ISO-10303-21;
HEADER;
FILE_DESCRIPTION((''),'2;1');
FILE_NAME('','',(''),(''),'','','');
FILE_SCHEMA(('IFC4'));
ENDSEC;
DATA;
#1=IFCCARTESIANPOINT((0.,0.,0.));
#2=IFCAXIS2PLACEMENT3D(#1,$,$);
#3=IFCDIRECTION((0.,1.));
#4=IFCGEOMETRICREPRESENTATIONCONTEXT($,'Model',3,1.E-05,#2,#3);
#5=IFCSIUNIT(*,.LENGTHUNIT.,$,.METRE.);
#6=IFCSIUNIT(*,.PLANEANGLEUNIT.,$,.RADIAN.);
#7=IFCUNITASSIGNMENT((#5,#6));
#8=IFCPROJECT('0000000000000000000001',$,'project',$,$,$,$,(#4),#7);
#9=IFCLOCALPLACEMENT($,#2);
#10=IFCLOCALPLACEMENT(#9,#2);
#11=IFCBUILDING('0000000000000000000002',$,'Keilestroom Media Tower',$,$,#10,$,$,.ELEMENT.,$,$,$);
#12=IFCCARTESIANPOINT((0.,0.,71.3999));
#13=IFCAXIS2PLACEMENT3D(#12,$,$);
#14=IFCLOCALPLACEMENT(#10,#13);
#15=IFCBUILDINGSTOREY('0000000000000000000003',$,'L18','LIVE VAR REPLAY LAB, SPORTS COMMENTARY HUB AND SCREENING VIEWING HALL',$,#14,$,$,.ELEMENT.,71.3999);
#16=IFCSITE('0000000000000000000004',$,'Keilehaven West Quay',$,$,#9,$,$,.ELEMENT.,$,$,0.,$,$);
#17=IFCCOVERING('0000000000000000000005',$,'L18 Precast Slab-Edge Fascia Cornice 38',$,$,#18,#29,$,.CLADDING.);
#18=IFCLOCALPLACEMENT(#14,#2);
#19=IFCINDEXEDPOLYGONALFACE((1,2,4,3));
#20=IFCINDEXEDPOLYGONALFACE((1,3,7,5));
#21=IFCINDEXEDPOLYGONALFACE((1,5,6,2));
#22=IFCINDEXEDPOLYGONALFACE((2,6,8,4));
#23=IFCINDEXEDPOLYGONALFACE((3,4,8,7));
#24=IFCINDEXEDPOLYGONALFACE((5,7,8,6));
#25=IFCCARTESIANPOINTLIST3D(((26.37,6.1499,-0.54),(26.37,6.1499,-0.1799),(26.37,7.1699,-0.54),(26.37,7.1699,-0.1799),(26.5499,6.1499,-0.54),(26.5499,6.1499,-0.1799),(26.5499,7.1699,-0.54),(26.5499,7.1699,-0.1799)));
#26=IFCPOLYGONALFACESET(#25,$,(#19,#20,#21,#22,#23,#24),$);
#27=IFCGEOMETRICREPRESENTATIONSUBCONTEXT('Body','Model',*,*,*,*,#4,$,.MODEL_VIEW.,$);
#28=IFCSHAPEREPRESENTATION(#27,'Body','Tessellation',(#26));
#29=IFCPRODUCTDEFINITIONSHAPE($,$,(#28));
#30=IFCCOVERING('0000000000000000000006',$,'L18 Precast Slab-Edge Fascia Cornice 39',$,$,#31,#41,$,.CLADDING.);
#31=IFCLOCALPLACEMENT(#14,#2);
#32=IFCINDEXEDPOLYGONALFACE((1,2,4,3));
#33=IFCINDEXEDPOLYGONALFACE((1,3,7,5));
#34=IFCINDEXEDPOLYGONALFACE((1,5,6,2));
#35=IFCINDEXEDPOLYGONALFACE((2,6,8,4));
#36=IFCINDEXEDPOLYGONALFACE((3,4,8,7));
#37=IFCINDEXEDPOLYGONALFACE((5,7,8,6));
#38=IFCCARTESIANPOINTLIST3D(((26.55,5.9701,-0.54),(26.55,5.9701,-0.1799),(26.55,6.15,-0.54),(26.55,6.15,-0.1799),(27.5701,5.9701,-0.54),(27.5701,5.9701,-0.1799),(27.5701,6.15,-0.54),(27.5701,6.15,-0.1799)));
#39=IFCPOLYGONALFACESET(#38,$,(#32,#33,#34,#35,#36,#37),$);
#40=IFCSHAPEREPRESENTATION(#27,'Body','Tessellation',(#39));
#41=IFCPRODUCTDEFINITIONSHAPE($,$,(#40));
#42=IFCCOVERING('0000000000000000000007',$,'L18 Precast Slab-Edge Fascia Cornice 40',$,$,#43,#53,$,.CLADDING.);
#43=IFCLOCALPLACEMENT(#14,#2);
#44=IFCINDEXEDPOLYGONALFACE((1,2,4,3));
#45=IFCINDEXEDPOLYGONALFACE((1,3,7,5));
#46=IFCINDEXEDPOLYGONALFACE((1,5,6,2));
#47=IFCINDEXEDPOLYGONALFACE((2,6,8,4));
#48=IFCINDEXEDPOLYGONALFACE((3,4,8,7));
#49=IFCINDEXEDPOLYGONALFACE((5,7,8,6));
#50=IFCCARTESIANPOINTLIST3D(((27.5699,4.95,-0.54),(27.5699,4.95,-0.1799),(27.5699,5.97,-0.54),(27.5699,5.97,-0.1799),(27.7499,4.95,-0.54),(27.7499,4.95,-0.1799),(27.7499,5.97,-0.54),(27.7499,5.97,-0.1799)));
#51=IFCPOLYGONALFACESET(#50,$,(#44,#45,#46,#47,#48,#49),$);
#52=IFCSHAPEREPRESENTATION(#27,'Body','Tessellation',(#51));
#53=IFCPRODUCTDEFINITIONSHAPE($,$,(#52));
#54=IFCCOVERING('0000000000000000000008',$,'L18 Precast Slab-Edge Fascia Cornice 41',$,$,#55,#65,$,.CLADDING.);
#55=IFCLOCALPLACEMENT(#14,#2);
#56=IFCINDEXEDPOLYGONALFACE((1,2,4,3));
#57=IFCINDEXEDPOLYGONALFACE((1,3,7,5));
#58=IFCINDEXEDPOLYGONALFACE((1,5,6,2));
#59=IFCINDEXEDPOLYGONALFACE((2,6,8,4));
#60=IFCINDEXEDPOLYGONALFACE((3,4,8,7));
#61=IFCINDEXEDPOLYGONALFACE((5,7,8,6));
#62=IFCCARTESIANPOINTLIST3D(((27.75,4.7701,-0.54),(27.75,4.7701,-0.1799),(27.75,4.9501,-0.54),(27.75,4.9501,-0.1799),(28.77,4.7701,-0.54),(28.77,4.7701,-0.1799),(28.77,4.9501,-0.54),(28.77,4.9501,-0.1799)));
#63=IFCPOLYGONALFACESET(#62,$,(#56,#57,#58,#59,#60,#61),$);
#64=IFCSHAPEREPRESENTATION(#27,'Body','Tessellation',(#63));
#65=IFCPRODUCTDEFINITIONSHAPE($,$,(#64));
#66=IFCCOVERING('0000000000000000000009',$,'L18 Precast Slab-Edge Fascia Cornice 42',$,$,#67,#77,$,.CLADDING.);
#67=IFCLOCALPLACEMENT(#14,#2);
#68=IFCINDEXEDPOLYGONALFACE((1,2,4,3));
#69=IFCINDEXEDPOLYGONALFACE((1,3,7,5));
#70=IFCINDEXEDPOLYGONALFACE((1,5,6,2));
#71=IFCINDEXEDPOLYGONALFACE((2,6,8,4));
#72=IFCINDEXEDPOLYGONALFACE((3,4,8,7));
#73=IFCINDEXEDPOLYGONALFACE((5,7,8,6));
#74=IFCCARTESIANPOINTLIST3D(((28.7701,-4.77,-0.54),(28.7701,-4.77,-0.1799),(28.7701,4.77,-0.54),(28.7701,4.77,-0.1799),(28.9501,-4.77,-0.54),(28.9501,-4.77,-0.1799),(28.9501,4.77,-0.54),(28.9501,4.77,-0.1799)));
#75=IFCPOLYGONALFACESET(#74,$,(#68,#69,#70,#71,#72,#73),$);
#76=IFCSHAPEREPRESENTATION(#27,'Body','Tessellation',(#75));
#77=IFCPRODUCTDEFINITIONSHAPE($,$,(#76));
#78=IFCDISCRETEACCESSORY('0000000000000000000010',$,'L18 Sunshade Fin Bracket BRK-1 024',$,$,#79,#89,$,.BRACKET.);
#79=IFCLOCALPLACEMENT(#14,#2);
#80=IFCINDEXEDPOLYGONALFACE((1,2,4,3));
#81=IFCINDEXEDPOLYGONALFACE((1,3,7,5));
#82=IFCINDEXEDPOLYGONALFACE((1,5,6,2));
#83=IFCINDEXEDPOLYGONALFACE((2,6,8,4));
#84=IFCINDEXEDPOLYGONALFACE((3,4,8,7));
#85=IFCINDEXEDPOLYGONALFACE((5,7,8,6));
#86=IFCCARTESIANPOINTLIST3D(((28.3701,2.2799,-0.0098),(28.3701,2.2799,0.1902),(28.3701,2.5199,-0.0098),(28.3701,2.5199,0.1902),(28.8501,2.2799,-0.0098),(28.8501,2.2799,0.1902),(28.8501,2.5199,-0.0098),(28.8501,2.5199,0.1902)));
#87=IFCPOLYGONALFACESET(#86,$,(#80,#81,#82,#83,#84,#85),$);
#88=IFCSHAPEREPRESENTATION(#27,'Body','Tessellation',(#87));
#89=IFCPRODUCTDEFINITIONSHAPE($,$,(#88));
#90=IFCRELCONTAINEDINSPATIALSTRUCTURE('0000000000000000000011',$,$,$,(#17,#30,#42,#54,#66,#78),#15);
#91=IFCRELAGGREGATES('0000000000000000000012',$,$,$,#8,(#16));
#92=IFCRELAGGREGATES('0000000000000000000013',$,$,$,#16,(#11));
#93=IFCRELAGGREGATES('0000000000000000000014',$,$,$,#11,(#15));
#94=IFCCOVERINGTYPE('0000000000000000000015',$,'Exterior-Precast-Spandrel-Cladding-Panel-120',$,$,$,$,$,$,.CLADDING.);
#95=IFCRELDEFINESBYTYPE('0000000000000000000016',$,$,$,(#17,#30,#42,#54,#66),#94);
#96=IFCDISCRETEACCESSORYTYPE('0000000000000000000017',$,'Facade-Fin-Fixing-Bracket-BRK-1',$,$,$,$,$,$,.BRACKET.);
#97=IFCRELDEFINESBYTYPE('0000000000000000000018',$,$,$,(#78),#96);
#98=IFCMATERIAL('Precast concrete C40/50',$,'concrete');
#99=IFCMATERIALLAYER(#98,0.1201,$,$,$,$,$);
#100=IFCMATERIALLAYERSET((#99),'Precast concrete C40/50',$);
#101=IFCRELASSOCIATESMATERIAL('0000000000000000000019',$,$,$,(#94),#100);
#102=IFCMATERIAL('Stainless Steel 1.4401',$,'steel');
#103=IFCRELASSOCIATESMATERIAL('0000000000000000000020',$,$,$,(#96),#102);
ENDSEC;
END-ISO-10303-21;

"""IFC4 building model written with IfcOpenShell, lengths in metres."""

from ifc_helpers import new_model, si_unit, direction, frame, origin, origin_2d, place, context, subcontext, project, spatial, rectangle, extrude, source, transform, mapped, material, layer, layer_set, type_object, element, save


model = new_model("IFC4")

# Units and contexts
model_context = context("Model", 3, precision=1e-05, world=origin(), true_north=direction((0.0, 1.0)))
body_context = subcontext(model_context, "Body", "Model", "MODEL_VIEW")
ifc_project = project(units=[si_unit("LENGTHUNIT", "METRE"), si_unit("PLANEANGLEUNIT", "RADIAN")], contexts=[model_context])

# Site, building, storey
site_placement = place(None, origin())
site = spatial("IfcSite", under=ifc_project, at=site_placement, Name="Keilehaven West Quay", CompositionType="ELEMENT", RefElevation=0.0)
building_placement = place(site_placement, origin())
building = spatial("IfcBuilding", under=site, at=building_placement, Name="Keilestroom Media Tower", CompositionType="ELEMENT")
storey_placement = place(building_placement, frame((0.0, 0.0, 71.3999)))
storey = spatial("IfcBuildingStorey", under=building, at=storey_placement, Name="L18", Description="LIVE VAR REPLAY LAB, SPORTS COMMENTARY HUB AND SCREENING VIEWING HALL", CompositionType="ELEMENT", Elevation=71.3999)

# Shared definitions
ifc_material_1 = material(Name="Precast concrete C40/50", Category="concrete")

# Coverings
ifc_layer_1 = layer(ifc_material_1, 0.1201)
ifc_layer_set_1 = layer_set([ifc_layer_1], Name="Precast concrete C40/50")
covering_type = type_object("IfcCoveringType", Name="Exterior-Precast-Spandrel-Cladding-Panel-120", PredefinedType="CLADDING", material=ifc_layer_set_1)
shared_shape_1 = source(origin(), body_context, "Body", "SweptSolid", [
    extrude(rectangle(XDim=1.02, YDim=0.1799, at=origin_2d()), origin(), (0.0, 0.0, 1.0), 0.3601),
])
for number, where, z_axis, x_axis, name in (
    (1, (26.46, 6.6599, -0.54), (0.0, 0.0, 1.0), (0.0, -1.0, 0.0), "L18 Precast Slab-Edge Fascia Cornice 38"),
    (2, (27.0601, 6.0601, -0.54), (0.0, 0.0, 1.0), (1.0, 0.0, 0.0), "L18 Precast Slab-Edge Fascia Cornice 39"),
    (3, (27.6599, 5.46, -0.54), (0.0, 0.0, 1.0), (0.0, -1.0, 0.0), "L18 Precast Slab-Edge Fascia Cornice 40"),
    (4, (28.26, 4.8601, -0.54), (0.0, 0.0, 1.0), (1.0, 0.0, 0.0), "L18 Precast Slab-Edge Fascia Cornice 41"),
):
    element("IfcCovering", number, at=place(storey_placement, frame(where, z_axis=z_axis, x_axis=x_axis)), inside=storey, type_object=covering_type, Name=name, PredefinedType="CLADDING", context=body_context, shape_type="MappedRepresentation", body=[
        mapped(shared_shape_1, transform((0.0, 0.0, 0.0), x_axis=(1.0, 0.0, 0.0), y_axis=(0.0, 1.0, 0.0), z_axis=(0.0, 0.0, 1.0), scale=1.0)),
    ])
shared_shape_2 = source(origin(), body_context, "Body", "SweptSolid", [
    extrude(rectangle(XDim=9.54, YDim=0.1799, at=origin_2d()), origin(), (0.0, 0.0, 1.0), 0.3601),
])
covering_placement = place(storey_placement, frame((28.8601, 0.0, -0.54), z_axis=(0.0, 0.0, 1.0), x_axis=(0.0, -1.0, 0.0)))
element("IfcCovering", 5, at=covering_placement, inside=storey, type_object=covering_type, Name="L18 Precast Slab-Edge Fascia Cornice 42", PredefinedType="CLADDING", context=body_context, shape_type="MappedRepresentation", body=[
    mapped(shared_shape_2, transform((0.0, 0.0, 0.0), x_axis=(1.0, 0.0, 0.0), y_axis=(0.0, 1.0, 0.0), z_axis=(0.0, 0.0, 1.0), scale=1.0)),
])

# Discrete accessory
ifc_material_2 = material(Name="Stainless Steel 1.4401", Category="steel")
discrete_accessory_type = type_object("IfcDiscreteAccessoryType", Name="Facade-Fin-Fixing-Bracket-BRK-1", PredefinedType="BRACKET", material=ifc_material_2)
shared_shape_3 = source(origin(), body_context, "Body", "SweptSolid", [
    extrude(rectangle(XDim=0.48, YDim=0.24, at=origin_2d()), origin(), (0.0, 0.0, 1.0), 0.2),
])
discrete_accessory_placement = place(storey_placement, frame((28.6101, 2.3999, -0.0098), z_axis=(0.0, 0.0, 1.0), x_axis=(1.0, 0.0, 0.0)))
element("IfcDiscreteAccessory", 6, at=discrete_accessory_placement, inside=storey, type_object=discrete_accessory_type, Name="L18 Sunshade Fin Bracket BRK-1 024", PredefinedType="BRACKET", context=body_context, shape_type="MappedRepresentation", body=[
    mapped(shared_shape_3, transform((0.0, 0.0, 0.0), x_axis=(1.0, 0.0, 0.0), y_axis=(0.0, 1.0, 0.0), z_axis=(0.0, 0.0, 1.0), scale=1.0)),
])

save(model, "model.ifc")
